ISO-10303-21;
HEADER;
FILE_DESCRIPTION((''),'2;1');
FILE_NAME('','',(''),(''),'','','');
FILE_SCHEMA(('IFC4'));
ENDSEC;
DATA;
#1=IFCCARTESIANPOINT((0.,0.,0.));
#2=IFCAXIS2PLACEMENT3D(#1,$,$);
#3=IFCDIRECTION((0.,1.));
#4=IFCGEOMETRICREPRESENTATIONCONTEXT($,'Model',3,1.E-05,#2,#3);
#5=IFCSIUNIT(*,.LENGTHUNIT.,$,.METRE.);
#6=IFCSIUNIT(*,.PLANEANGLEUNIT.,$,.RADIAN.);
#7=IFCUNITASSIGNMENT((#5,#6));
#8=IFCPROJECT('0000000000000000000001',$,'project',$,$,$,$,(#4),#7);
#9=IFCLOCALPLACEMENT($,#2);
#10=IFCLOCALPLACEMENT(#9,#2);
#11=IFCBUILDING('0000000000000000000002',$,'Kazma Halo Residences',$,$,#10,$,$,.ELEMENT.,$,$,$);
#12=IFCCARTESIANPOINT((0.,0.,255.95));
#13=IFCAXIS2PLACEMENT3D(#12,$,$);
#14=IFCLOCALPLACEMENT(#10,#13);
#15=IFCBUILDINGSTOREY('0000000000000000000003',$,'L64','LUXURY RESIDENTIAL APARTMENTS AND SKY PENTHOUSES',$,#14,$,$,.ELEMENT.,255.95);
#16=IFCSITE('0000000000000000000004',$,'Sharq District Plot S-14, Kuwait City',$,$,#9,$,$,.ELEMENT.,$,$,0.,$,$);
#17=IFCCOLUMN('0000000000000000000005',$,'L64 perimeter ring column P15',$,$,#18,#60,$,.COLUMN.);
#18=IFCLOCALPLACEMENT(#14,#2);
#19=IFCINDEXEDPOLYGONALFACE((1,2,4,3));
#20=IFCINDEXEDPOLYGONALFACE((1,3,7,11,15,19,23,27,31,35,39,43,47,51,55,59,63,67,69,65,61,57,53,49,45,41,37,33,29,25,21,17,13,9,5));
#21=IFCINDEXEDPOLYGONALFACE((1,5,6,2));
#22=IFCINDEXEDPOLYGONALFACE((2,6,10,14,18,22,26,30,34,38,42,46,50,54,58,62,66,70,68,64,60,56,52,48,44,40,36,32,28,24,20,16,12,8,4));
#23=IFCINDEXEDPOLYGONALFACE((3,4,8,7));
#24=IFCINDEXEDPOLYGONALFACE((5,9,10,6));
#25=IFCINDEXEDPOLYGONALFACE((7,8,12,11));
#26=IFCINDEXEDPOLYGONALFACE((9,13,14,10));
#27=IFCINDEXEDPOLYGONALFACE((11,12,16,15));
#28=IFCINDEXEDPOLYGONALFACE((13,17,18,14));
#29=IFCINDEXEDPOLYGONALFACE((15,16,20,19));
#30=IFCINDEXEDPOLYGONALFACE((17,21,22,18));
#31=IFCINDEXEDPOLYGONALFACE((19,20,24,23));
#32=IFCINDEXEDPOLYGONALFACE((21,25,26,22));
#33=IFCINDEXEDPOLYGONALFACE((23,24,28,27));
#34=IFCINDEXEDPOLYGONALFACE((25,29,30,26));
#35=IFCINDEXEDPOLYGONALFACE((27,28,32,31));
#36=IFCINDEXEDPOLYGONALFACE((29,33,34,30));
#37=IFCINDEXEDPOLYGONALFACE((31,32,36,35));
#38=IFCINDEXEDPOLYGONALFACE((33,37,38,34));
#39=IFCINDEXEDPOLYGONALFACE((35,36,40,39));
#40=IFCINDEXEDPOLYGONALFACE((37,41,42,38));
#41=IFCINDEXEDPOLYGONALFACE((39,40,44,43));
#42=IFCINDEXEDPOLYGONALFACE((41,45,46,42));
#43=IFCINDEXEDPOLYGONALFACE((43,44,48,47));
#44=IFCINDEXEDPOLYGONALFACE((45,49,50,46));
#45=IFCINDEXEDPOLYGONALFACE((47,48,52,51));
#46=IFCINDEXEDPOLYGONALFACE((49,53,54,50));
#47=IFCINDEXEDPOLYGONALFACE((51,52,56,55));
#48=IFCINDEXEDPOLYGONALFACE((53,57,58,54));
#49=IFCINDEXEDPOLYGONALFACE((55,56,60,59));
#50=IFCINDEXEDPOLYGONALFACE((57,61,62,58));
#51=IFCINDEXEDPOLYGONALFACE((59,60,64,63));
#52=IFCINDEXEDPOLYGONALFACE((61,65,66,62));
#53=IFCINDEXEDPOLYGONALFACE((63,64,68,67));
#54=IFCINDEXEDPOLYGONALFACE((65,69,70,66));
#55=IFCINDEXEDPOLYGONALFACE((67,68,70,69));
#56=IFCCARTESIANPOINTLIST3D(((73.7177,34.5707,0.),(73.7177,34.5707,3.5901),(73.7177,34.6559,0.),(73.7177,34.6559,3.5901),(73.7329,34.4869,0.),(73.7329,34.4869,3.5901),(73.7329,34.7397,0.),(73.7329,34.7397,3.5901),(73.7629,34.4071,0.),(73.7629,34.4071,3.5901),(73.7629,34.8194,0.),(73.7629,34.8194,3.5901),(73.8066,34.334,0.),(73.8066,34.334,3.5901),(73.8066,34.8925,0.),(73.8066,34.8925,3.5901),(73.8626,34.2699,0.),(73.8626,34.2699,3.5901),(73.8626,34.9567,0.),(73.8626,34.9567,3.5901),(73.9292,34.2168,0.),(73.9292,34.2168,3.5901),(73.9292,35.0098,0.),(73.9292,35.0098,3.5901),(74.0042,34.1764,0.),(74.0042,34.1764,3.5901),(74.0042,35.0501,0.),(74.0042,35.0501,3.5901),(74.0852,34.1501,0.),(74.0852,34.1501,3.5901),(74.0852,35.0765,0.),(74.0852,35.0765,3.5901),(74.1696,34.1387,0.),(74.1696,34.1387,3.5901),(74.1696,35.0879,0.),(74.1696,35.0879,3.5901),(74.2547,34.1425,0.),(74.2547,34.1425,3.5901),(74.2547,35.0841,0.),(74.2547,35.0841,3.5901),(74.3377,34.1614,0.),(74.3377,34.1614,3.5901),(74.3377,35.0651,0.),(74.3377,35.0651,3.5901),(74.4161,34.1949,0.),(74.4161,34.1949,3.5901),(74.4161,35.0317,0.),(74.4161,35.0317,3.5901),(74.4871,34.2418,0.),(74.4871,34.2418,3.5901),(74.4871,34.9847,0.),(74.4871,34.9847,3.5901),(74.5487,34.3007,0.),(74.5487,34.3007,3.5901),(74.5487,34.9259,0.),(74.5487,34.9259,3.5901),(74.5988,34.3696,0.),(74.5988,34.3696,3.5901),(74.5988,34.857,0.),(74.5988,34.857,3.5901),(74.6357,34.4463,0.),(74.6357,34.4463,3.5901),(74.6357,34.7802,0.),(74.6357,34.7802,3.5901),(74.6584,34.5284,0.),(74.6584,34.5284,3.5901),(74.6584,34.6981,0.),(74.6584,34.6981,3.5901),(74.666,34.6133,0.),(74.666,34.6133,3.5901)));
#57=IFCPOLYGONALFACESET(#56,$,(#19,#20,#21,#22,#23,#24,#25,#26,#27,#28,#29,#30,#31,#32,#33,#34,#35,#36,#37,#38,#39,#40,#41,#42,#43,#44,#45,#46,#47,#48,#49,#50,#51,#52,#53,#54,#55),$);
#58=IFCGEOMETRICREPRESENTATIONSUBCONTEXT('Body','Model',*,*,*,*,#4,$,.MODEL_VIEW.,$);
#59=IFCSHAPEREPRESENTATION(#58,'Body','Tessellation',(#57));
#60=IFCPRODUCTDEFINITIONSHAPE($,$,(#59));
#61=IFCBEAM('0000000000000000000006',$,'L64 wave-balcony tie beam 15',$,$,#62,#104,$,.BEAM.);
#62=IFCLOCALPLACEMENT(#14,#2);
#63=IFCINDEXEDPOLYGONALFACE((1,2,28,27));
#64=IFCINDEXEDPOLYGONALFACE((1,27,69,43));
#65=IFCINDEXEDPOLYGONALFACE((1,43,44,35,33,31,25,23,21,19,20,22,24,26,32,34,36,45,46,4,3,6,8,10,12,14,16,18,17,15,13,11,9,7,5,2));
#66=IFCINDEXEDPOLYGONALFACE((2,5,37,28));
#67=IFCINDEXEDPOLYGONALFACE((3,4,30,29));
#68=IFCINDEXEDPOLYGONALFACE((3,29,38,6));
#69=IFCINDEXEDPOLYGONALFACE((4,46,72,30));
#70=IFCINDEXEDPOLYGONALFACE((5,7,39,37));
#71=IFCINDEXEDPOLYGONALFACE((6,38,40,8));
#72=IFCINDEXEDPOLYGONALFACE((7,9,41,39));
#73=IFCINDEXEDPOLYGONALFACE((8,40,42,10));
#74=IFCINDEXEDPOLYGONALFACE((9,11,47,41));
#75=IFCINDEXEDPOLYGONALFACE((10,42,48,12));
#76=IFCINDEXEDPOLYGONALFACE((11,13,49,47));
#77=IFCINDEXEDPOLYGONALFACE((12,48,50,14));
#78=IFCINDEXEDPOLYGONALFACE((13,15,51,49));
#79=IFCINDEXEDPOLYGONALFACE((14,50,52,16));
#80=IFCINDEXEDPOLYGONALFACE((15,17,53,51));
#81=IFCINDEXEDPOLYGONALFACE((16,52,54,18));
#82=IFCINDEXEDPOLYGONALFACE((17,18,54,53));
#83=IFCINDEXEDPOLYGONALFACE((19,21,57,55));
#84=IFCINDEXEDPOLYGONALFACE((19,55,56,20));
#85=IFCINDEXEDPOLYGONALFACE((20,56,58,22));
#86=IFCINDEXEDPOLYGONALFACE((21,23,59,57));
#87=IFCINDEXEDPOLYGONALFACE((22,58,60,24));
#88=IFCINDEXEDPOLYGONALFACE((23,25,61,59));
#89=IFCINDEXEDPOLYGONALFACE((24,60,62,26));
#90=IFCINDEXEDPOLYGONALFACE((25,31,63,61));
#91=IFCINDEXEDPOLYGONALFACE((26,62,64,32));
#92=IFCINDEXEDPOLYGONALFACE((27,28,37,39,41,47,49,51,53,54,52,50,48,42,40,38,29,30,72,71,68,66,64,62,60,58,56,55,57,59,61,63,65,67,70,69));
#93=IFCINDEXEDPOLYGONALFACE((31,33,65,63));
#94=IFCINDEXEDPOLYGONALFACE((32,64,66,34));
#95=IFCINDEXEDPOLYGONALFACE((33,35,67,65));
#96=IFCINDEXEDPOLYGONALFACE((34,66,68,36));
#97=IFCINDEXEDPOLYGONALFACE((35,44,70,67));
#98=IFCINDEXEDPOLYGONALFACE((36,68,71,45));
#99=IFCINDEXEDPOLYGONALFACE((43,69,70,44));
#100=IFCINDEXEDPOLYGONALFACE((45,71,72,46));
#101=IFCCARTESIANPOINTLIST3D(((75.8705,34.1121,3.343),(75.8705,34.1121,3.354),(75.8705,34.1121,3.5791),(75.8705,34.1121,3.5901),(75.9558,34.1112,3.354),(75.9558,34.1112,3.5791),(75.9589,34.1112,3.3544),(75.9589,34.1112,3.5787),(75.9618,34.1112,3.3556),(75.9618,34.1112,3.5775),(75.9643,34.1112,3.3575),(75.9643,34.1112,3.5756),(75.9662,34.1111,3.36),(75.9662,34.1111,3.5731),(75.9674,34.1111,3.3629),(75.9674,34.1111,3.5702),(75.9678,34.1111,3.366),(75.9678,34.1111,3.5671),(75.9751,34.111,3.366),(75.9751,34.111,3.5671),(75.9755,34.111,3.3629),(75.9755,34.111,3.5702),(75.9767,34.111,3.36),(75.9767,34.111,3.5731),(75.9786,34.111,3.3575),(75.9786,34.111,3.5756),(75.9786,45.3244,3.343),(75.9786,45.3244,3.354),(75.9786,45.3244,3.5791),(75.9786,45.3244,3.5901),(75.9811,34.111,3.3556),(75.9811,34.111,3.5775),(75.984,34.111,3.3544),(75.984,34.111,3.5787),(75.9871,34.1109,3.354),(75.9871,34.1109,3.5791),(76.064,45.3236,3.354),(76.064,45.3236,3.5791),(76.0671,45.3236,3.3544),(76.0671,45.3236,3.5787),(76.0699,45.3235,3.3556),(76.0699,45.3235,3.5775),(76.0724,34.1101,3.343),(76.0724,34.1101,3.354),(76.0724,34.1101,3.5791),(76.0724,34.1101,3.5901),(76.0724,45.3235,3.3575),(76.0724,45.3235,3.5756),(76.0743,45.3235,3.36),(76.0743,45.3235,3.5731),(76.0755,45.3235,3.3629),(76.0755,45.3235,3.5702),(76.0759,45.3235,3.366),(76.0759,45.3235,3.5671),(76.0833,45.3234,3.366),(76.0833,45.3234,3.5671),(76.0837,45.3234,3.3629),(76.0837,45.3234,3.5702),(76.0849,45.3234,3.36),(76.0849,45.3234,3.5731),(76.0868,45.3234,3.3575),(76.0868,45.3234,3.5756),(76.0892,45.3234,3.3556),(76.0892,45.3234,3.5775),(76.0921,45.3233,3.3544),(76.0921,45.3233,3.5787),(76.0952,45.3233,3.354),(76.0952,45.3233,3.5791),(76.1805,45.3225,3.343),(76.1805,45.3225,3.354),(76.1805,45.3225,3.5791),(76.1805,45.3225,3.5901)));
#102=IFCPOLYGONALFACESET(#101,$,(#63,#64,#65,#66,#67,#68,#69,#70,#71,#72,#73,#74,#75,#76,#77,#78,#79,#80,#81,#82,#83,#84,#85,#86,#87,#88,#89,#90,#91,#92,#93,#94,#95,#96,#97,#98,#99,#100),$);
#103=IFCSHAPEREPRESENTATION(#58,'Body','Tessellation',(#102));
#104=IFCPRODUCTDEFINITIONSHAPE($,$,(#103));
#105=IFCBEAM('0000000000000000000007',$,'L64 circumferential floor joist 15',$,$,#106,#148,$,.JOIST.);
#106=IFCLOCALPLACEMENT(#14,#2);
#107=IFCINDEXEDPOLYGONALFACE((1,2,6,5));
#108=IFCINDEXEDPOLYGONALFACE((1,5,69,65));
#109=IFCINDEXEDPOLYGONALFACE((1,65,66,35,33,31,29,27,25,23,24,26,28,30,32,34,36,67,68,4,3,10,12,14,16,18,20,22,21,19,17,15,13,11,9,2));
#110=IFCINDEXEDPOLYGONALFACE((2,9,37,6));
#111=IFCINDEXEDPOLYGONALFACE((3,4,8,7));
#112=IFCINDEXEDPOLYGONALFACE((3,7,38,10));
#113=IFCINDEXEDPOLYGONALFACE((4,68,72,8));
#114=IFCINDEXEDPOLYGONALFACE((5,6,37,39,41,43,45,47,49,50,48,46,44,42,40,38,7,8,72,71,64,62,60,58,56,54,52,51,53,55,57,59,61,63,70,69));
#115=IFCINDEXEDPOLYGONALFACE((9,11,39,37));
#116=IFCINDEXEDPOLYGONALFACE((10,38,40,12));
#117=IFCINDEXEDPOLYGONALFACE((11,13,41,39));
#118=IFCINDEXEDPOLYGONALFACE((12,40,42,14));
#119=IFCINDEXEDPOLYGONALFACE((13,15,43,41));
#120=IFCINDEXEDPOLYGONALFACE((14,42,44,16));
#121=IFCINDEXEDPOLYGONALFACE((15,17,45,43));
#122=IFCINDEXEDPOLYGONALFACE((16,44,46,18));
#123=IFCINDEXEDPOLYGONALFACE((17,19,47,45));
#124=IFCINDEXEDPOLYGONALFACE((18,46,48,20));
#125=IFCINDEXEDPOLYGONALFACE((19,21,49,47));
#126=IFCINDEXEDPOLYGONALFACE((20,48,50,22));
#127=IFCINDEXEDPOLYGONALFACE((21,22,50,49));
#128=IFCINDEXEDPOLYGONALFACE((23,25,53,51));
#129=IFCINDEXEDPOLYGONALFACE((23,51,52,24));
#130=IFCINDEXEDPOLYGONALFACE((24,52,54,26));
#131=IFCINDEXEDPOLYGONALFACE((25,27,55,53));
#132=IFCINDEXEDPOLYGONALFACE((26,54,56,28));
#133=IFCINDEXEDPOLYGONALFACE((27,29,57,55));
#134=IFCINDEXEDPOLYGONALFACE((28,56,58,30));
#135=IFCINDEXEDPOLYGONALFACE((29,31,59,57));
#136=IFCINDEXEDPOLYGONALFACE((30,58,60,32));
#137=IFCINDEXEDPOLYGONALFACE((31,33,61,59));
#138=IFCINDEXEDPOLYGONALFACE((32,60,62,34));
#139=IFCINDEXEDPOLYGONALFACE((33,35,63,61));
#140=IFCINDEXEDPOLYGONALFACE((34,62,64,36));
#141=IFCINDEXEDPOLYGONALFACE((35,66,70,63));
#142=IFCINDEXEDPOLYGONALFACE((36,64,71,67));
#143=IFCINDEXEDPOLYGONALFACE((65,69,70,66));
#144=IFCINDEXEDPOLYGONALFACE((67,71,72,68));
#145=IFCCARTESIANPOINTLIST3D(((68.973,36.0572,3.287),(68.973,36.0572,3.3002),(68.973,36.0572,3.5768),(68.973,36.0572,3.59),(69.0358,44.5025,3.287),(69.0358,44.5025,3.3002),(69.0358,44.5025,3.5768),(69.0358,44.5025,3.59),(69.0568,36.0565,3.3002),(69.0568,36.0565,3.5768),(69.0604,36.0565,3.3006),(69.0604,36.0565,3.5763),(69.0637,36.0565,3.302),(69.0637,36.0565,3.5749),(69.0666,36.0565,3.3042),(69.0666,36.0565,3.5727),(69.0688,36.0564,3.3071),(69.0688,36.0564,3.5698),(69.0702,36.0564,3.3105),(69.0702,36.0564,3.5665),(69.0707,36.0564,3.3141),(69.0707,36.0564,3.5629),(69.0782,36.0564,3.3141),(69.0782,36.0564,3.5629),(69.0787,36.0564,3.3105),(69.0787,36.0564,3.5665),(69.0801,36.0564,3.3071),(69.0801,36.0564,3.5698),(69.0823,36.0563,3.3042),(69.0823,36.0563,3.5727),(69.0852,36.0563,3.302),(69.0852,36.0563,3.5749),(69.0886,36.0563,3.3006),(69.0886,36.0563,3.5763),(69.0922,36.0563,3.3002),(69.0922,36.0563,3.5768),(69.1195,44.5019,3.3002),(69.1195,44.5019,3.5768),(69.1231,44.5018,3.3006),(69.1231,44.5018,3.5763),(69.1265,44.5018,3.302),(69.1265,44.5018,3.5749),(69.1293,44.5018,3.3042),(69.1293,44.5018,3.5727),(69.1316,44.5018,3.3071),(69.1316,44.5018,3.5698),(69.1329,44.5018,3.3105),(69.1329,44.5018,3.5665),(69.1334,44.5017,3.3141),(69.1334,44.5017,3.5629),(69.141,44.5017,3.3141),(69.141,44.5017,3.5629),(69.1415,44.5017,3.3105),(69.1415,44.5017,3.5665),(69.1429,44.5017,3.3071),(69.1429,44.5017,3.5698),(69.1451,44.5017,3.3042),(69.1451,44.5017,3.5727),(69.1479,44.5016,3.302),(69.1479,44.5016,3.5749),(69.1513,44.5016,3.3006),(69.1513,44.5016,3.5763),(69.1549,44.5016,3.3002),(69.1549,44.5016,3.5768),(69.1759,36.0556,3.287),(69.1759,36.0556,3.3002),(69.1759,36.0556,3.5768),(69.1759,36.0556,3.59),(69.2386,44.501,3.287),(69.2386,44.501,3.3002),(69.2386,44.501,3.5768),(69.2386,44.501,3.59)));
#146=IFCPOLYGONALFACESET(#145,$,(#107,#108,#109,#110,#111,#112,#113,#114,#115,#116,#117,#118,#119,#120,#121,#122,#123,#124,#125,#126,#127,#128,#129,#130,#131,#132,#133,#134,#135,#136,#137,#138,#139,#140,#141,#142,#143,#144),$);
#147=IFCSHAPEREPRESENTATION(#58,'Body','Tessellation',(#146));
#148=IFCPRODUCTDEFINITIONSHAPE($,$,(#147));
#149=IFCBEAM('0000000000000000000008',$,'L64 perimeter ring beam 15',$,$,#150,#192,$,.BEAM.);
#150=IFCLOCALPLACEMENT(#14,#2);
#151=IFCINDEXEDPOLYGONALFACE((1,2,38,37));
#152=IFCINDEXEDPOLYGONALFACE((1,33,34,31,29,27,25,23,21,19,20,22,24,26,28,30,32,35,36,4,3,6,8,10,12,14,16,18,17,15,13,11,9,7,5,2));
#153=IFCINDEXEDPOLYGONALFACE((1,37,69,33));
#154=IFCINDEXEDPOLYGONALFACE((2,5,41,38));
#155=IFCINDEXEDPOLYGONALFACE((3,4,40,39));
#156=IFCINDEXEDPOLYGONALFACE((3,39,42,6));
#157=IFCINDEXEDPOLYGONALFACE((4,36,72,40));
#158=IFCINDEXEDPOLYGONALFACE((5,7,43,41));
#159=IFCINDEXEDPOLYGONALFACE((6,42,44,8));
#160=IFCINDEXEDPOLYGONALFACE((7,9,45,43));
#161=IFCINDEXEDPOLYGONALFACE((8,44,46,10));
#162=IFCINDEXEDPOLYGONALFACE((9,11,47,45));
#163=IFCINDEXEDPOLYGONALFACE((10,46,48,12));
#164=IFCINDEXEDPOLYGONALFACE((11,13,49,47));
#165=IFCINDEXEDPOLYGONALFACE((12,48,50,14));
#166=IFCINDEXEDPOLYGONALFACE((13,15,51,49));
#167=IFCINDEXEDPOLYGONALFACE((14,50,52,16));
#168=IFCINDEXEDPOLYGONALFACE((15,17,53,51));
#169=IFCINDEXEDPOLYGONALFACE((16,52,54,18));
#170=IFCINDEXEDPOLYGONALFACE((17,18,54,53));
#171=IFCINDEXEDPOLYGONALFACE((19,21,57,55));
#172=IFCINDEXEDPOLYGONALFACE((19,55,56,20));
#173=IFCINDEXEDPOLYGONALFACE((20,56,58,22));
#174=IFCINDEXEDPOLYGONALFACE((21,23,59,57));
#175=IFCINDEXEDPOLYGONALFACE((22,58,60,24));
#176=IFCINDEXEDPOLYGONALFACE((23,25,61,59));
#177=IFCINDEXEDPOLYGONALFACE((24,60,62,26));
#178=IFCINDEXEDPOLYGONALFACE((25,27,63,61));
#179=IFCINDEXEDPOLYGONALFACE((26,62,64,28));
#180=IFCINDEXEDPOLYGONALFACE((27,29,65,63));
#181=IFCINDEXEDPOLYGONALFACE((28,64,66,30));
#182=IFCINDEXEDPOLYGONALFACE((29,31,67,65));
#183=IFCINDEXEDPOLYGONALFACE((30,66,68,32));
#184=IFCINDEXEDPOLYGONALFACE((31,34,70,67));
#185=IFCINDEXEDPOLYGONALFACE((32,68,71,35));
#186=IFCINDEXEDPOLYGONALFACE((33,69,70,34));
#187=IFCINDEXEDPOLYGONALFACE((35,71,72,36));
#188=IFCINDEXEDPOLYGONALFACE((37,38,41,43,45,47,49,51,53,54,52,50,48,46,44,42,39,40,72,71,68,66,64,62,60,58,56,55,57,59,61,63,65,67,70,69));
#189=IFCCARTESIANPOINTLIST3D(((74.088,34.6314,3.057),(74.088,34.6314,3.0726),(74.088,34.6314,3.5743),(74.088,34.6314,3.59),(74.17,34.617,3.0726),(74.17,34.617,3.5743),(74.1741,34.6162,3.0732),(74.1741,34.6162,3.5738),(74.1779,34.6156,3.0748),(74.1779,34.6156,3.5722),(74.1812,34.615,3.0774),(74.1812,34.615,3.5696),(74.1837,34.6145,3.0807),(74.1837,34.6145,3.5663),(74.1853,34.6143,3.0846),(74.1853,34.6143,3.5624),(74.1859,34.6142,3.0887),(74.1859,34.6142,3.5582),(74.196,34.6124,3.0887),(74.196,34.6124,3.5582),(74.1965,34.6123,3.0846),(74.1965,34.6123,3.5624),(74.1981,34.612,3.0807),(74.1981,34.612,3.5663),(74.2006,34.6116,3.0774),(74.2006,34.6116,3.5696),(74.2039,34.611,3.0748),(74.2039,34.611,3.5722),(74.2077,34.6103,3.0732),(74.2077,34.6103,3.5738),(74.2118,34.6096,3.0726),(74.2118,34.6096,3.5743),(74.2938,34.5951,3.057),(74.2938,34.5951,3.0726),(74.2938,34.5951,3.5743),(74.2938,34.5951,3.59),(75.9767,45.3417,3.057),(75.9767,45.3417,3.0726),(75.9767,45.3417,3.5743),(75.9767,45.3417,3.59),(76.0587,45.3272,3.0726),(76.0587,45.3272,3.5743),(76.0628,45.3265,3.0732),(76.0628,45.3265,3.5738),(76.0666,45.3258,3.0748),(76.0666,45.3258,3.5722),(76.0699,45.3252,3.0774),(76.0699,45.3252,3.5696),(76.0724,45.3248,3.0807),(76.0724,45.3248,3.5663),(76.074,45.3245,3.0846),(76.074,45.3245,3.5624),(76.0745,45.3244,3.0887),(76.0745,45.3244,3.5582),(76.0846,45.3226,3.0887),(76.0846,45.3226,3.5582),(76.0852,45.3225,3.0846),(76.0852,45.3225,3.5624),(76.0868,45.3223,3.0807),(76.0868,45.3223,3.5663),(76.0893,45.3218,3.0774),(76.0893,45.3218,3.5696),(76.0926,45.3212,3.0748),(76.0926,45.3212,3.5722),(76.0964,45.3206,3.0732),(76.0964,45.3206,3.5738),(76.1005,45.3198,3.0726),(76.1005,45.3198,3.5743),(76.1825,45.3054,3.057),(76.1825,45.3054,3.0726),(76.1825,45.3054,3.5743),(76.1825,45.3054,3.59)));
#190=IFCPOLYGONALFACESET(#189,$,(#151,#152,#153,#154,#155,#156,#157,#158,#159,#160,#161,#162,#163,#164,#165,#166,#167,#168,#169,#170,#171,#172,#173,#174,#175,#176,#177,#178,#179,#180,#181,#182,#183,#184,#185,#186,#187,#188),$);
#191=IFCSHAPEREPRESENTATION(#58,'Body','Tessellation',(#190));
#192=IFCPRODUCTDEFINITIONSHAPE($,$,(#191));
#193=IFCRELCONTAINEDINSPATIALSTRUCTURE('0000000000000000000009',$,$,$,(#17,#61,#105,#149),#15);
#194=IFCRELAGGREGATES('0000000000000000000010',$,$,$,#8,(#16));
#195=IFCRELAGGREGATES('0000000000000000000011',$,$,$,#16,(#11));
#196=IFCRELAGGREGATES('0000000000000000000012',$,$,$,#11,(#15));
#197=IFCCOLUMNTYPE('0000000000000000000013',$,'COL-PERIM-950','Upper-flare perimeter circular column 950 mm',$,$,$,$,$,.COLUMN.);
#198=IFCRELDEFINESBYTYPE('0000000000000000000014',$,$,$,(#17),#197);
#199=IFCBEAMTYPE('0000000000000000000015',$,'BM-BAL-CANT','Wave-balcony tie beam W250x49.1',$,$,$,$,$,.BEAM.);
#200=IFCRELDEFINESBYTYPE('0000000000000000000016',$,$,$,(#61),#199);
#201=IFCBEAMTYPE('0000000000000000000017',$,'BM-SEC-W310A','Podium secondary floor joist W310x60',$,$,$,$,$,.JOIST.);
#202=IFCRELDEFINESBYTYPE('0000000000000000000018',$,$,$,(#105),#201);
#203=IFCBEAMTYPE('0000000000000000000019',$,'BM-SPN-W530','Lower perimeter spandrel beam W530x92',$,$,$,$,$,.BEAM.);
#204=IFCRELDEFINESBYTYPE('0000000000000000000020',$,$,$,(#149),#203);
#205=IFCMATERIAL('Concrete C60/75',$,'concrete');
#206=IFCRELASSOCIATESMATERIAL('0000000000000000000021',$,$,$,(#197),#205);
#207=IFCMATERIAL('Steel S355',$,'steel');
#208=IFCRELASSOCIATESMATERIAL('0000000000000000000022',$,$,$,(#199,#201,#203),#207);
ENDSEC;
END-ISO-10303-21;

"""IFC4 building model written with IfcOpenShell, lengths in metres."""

from ifc_helpers import new_model, si_unit, direction, frame, origin, origin_2d, place, context, subcontext, project, spatial, circle, i_section, extrude, material, material_profile, profile_set, type_object, element, save


model = new_model("IFC4")

# Units and contexts
model_context = context("Model", 3, precision=1e-05, world=origin(), true_north=direction((0.0, 1.0)))
body_context = subcontext(model_context, "Body", "Model", "MODEL_VIEW")
ifc_project = project(units=[si_unit("LENGTHUNIT", "METRE"), si_unit("PLANEANGLEUNIT", "RADIAN")], contexts=[model_context])

# Site, building, storey
site_placement = place(None, origin())
site = spatial("IfcSite", under=ifc_project, at=site_placement, Name="Sharq District Plot S-14, Kuwait City", CompositionType="ELEMENT", RefElevation=0.0)
building_placement = place(site_placement, origin())
building = spatial("IfcBuilding", under=site, at=building_placement, Name="Kazma Halo Residences", CompositionType="ELEMENT")
storey_placement = place(building_placement, frame((0.0, 0.0, 255.95)))
storey = spatial("IfcBuildingStorey", under=building, at=storey_placement, Name="L64", Description="LUXURY RESIDENTIAL APARTMENTS AND SKY PENTHOUSES", CompositionType="ELEMENT", Elevation=255.95)

# Column
ifc_material_1 = material(Name="Concrete C60/75", Category="concrete")
ifc_material_profile_1 = material_profile(ifc_material_1, circle(Radius=0.4751, at=origin_2d()), Name="CIRC950")
ifc_profile_set_1 = profile_set([ifc_material_profile_1], Name="Concrete C60/75")
column_type = type_object("IfcColumnType", Name="COL-PERIM-950", Description="Upper-flare perimeter circular column 950 mm", PredefinedType="COLUMN", material=ifc_profile_set_1)
column_placement = place(storey_placement, frame((74.1909, 34.6133, 0.0), z_axis=(0.0, 0.0, 1.0), x_axis=(1.0, 0.0, 0.0)))
element("IfcColumn", 1, at=column_placement, inside=storey, type_object=column_type, Name="L64 perimeter ring column P15", PredefinedType="COLUMN", context=body_context, shape_type="SweptSolid", body=[
    extrude(circle(Radius=0.4751, at=origin_2d()), origin(), (0.0, 0.0, 1.0), 3.5901),
])

# Beams
ifc_material_2 = material(Name="Steel S355", Category="steel")
ifc_material_profile_2 = material_profile(ifc_material_2, i_section(OverallWidth=0.2019, OverallDepth=0.2471, WebThickness=0.0073, FlangeThickness=0.011, FilletRadius=0.012, at=origin_2d()), Name="W250x49.1")
ifc_profile_set_2 = profile_set([ifc_material_profile_2], Name="Steel S355")
beam_type_1 = type_object("IfcBeamType", Name="BM-BAL-CANT", Description="Wave-balcony tie beam W250x49.1", PredefinedType="BEAM", material=ifc_profile_set_2)
beam_1_placement = place(storey_placement, frame((75.9714, 34.1111, 3.4666), z_axis=(0.009646, 0.999953, 0.0), x_axis=(-0.999953, 0.009646, 0.0)))
element("IfcBeam", 2, at=beam_1_placement, inside=storey, type_object=beam_type_1, Name="L64 wave-balcony tie beam 15", PredefinedType="BEAM", context=body_context, shape_type="SweptSolid", body=[
    extrude(i_section(OverallWidth=0.2019, OverallDepth=0.2471, WebThickness=0.0073, FlangeThickness=0.011, FilletRadius=0.012, at=origin_2d()), origin(), (0.0, 0.0, 1.0), 11.2129),
])
ifc_material_profile_3 = material_profile(ifc_material_2, i_section(OverallWidth=0.2029, OverallDepth=0.303, WebThickness=0.0076, FlangeThickness=0.0132, FilletRadius=0.0139, at=origin_2d()), Name="W310x60")
ifc_profile_set_3 = profile_set([ifc_material_profile_3], Name="Steel S355")
beam_type_2 = type_object("IfcBeamType", Name="BM-SEC-W310A", Description="Podium secondary floor joist W310x60", PredefinedType="JOIST", material=ifc_profile_set_3)
beam_2_placement = place(storey_placement, frame((69.0745, 36.0564, 3.4385), z_axis=(0.007429, 0.999972, 0.0), x_axis=(-0.999972, 0.007429, 0.0)))
element("IfcBeam", 3, at=beam_2_placement, inside=storey, type_object=beam_type_2, Name="L64 circumferential floor joist 15", PredefinedType="JOIST", context=body_context, shape_type="SweptSolid", body=[
    extrude(i_section(OverallWidth=0.2029, OverallDepth=0.303, WebThickness=0.0076, FlangeThickness=0.0132, FilletRadius=0.0139, at=origin_2d()), origin(), (0.0, 0.0, 1.0), 8.4456),
])
ifc_material_profile_4 = material_profile(ifc_material_2, i_section(OverallWidth=0.209, OverallDepth=0.533, WebThickness=0.0103, FlangeThickness=0.0156, FilletRadius=0.0161, at=origin_2d()), Name="W530x92")
ifc_profile_set_4 = profile_set([ifc_material_profile_4], Name="Steel S355")
beam_type_3 = type_object("IfcBeamType", Name="BM-SPN-W530", Description="Lower perimeter spandrel beam W530x92", PredefinedType="BEAM", material=ifc_profile_set_4)
beam_3_placement = place(storey_placement, frame((74.1909, 34.6133, 3.3235), z_axis=(0.173664, 0.984805, 0.0), x_axis=(-0.984805, 0.173664, 0.0)))
element("IfcBeam", 4, at=beam_3_placement, inside=storey, type_object=beam_type_3, Name="L64 perimeter ring beam 15", PredefinedType="BEAM", context=body_context, shape_type="SweptSolid", body=[
    extrude(i_section(OverallWidth=0.209, OverallDepth=0.533, WebThickness=0.0103, FlangeThickness=0.0156, FilletRadius=0.0161, at=origin_2d()), origin(), (0.0, 0.0, 1.0), 10.8755),
])

save(model, "model.ifc")
